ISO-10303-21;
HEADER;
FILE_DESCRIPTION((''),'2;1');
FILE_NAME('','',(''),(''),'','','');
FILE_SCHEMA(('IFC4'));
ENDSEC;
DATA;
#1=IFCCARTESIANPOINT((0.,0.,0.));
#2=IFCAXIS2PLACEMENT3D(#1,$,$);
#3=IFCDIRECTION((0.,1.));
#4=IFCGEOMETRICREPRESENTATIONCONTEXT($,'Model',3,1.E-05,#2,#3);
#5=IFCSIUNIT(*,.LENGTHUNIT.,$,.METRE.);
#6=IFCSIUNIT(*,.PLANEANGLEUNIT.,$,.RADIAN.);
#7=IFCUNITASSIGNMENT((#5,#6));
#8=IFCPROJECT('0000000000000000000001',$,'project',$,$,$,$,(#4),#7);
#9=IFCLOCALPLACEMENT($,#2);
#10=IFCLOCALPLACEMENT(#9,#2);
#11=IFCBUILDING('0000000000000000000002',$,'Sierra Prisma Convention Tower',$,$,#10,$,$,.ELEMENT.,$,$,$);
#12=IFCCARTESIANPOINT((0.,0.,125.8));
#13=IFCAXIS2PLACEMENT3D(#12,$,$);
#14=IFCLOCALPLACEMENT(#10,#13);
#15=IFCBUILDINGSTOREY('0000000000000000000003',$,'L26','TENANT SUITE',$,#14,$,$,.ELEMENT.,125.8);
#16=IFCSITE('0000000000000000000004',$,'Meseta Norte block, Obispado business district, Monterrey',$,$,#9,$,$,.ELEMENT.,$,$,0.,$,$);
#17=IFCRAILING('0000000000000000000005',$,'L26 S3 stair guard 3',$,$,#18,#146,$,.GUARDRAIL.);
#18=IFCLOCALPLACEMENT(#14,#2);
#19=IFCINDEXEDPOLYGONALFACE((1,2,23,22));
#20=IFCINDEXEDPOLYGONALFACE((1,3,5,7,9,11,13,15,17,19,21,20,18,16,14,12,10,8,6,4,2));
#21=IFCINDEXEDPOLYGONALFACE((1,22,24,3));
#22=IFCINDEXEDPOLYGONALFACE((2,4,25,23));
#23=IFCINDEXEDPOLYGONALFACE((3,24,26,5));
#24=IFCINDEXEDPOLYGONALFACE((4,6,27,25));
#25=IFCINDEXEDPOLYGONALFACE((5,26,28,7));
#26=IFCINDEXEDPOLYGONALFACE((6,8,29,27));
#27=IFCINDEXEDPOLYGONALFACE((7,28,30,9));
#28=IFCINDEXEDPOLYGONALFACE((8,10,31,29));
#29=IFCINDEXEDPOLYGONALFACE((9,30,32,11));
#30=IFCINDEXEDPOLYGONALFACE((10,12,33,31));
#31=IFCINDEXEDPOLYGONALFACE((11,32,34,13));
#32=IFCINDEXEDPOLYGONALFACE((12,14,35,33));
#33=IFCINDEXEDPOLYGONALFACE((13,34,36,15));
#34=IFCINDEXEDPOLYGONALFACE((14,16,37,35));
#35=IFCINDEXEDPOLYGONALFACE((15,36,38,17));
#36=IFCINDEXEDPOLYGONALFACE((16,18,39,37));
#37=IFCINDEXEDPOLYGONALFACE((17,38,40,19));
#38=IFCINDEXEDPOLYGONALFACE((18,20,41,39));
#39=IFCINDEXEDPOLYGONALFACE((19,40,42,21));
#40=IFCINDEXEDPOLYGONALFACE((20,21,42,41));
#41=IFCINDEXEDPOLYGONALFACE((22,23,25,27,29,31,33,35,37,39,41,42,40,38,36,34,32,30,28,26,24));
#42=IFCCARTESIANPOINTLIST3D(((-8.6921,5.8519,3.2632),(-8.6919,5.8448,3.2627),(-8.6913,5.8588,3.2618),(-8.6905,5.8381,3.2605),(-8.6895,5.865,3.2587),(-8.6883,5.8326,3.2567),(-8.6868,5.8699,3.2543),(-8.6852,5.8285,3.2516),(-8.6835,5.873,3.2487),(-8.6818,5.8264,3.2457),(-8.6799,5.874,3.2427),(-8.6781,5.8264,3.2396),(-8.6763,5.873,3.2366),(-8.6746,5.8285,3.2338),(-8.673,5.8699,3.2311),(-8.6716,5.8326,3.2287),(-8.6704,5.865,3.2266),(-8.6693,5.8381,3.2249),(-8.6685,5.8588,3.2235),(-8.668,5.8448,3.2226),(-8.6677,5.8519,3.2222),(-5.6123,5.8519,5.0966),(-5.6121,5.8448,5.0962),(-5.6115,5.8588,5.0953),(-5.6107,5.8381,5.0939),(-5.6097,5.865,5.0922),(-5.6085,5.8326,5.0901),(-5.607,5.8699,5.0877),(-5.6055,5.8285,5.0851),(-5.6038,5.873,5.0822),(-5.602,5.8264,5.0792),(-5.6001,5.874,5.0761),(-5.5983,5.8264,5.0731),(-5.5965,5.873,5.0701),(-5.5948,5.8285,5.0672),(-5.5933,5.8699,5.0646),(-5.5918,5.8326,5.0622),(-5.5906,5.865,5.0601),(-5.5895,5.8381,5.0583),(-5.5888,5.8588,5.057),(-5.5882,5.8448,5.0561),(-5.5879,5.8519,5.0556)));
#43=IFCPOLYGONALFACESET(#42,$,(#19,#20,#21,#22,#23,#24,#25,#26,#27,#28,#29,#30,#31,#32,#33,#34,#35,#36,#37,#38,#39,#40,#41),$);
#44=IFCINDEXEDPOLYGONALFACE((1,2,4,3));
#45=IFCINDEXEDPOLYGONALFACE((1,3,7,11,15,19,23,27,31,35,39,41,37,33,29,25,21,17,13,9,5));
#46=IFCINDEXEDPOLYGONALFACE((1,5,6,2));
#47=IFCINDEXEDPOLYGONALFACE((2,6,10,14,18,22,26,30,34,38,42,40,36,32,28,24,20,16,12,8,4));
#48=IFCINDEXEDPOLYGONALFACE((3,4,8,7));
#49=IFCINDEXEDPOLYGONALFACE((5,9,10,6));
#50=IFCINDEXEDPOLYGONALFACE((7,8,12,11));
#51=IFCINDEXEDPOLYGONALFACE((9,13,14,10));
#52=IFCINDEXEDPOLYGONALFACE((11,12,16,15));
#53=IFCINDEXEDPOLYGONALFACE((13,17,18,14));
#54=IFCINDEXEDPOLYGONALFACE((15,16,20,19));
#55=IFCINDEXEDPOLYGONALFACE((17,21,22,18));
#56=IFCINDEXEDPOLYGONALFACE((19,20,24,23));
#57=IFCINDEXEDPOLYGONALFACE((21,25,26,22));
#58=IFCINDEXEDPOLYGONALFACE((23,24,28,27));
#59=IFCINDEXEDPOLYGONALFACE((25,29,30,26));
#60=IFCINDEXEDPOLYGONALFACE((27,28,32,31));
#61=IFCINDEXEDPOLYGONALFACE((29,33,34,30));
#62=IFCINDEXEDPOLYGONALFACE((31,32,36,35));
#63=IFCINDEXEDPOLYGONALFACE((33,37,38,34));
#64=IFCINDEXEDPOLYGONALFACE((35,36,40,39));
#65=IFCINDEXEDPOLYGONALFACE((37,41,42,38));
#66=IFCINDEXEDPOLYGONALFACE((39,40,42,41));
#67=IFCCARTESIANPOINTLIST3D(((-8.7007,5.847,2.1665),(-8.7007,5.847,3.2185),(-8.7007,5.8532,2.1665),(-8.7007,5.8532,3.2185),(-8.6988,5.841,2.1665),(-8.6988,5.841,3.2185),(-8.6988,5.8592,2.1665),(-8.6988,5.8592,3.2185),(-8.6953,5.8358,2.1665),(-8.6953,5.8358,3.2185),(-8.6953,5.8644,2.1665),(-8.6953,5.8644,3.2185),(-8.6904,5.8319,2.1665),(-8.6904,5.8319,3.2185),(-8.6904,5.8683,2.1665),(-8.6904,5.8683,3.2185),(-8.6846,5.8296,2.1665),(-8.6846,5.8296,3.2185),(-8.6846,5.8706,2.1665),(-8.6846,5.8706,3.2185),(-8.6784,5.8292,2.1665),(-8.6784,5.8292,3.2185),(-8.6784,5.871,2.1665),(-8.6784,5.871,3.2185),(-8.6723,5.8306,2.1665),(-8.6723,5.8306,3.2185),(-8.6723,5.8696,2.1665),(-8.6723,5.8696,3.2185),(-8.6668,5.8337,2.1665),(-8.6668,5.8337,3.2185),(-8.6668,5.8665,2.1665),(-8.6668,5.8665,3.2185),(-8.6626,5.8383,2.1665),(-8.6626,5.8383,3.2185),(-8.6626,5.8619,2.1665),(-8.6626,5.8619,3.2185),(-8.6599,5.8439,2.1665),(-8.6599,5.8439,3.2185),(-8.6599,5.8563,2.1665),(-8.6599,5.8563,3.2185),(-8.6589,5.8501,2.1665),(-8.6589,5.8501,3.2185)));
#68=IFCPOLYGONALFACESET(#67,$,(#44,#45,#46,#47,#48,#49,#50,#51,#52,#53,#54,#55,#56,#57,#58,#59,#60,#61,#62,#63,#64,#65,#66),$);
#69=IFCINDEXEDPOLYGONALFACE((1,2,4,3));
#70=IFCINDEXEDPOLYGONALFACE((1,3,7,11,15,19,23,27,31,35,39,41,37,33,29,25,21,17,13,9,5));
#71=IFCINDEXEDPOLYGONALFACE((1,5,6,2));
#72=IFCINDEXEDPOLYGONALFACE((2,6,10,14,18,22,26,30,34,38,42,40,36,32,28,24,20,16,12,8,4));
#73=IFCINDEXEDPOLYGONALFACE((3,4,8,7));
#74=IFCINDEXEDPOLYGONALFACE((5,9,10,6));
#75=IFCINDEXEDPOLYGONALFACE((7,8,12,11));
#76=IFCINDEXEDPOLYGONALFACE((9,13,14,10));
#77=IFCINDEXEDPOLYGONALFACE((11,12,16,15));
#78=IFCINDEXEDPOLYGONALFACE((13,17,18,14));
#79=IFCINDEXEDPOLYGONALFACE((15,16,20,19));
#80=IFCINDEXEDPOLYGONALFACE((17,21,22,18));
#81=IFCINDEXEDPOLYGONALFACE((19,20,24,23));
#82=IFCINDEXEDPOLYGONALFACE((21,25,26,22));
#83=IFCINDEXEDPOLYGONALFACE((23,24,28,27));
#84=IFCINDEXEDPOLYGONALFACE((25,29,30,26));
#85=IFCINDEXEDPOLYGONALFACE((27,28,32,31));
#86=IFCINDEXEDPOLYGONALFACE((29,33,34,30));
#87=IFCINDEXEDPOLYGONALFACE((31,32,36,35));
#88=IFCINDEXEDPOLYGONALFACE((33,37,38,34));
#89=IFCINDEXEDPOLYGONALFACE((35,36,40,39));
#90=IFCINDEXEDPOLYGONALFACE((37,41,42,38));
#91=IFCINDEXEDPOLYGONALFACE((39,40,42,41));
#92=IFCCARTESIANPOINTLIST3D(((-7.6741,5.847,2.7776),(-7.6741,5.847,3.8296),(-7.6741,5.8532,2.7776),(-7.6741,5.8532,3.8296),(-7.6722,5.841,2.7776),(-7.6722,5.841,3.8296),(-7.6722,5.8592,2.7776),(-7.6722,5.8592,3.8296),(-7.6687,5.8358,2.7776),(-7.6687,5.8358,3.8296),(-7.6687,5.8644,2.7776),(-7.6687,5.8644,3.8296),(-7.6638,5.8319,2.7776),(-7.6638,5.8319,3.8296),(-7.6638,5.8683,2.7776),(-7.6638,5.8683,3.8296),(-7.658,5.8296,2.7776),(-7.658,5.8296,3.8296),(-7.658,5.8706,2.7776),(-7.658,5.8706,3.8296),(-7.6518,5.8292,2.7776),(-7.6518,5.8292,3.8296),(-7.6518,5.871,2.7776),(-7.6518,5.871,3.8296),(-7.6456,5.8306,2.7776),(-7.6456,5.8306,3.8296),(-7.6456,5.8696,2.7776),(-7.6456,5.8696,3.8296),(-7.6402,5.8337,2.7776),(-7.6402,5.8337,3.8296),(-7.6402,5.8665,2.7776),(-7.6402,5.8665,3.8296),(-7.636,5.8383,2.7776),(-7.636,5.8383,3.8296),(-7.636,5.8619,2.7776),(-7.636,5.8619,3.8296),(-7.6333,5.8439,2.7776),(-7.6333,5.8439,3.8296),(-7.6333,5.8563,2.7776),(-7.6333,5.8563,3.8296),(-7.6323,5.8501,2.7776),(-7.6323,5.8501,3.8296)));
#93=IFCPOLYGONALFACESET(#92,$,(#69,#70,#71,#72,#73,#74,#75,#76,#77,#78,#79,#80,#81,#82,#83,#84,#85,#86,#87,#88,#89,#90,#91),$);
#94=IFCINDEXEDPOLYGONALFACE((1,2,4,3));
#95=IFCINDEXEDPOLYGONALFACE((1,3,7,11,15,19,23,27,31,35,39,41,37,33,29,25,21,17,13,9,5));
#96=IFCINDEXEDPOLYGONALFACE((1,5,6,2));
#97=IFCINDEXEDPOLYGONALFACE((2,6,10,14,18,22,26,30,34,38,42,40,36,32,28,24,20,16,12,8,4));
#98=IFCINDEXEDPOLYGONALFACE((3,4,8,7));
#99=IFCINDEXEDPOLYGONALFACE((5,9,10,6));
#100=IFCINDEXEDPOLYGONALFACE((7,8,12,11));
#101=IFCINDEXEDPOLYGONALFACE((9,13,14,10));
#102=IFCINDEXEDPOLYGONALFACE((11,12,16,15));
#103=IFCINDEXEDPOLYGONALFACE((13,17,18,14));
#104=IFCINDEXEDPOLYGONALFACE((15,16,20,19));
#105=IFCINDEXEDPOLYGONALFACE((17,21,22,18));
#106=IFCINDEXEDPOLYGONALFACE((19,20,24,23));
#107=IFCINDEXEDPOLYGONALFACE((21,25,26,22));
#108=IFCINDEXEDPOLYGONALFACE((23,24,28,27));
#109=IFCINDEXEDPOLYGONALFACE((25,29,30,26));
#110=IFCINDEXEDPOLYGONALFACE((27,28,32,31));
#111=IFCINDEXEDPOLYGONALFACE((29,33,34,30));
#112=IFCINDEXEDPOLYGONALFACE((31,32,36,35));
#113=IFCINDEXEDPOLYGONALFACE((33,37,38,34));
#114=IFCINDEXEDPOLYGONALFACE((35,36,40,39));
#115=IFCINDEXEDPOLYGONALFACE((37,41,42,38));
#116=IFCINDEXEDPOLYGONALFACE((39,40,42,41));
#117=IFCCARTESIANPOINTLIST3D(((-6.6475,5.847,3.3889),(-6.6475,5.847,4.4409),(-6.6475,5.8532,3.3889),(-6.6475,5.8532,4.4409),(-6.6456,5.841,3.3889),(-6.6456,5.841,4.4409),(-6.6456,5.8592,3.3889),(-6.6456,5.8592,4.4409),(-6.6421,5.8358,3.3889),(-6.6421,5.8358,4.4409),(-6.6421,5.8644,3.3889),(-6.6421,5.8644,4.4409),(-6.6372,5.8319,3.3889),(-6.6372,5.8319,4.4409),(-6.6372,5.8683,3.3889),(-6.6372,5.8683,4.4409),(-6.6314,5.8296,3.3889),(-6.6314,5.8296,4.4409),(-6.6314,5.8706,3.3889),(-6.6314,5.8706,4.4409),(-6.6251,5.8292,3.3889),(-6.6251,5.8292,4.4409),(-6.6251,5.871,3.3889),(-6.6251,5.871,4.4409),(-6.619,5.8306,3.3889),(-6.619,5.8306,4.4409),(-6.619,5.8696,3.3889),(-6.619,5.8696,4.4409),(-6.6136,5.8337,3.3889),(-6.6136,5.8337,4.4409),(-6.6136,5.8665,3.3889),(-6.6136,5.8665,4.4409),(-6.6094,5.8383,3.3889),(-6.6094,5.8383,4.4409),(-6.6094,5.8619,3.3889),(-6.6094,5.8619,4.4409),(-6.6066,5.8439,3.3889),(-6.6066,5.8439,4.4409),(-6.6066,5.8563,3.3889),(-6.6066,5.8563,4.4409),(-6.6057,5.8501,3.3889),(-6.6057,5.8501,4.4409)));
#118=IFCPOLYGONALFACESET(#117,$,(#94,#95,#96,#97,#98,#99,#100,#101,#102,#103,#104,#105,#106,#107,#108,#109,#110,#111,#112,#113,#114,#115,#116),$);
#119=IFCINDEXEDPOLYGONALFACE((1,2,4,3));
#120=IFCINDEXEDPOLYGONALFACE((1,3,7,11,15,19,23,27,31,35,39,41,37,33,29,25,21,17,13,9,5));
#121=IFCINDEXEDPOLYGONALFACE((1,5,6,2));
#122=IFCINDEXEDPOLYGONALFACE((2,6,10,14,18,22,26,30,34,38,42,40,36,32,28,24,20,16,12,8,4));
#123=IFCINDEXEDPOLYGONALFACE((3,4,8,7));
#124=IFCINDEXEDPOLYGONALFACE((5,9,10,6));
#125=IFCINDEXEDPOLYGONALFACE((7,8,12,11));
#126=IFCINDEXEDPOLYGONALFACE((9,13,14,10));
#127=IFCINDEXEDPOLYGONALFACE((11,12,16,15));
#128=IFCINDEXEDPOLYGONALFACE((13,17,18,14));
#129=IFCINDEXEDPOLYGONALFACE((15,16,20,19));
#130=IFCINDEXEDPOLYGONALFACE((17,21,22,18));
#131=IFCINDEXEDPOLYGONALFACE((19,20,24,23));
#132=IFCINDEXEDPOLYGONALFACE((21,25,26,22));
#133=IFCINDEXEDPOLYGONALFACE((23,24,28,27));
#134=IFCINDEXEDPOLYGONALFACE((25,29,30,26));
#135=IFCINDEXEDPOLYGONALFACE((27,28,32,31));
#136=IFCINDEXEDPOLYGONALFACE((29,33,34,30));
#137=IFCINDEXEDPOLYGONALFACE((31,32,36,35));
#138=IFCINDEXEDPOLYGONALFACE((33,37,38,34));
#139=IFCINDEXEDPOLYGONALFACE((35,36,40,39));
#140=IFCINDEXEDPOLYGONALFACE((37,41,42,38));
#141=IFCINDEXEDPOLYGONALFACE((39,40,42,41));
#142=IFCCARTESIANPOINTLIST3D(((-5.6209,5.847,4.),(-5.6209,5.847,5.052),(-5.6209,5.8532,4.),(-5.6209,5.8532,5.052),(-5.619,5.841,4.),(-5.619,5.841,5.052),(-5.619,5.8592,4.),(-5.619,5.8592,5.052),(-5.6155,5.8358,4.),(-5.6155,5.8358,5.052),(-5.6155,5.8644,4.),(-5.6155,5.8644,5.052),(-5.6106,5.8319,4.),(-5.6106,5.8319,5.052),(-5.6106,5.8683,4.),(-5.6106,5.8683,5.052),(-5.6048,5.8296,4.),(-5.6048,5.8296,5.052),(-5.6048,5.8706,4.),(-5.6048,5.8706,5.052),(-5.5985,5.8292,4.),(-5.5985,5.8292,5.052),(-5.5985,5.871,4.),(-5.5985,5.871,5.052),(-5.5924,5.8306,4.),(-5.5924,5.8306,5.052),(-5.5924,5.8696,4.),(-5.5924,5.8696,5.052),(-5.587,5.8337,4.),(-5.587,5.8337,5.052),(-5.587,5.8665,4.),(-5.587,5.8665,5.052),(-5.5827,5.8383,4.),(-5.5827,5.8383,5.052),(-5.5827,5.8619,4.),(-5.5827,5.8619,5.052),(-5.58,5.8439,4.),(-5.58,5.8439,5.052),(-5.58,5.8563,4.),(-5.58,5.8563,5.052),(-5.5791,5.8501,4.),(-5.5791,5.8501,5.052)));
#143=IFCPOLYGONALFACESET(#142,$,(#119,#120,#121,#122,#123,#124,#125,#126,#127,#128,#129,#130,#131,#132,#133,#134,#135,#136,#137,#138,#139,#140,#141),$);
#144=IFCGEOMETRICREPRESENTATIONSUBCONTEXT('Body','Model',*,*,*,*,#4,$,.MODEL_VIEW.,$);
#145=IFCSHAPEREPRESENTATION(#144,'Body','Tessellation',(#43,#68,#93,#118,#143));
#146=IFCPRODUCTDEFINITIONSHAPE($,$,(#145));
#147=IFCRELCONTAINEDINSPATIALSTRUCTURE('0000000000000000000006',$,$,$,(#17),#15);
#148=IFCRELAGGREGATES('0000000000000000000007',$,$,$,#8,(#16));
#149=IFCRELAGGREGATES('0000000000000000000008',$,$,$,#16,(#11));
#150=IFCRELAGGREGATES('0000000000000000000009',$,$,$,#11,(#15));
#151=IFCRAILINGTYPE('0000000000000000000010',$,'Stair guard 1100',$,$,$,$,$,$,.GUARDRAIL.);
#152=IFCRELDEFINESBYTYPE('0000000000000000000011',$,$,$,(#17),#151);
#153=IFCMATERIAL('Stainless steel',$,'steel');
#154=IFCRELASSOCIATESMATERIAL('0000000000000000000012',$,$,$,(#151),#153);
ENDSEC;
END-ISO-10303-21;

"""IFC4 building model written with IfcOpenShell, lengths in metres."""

from ifc_helpers import new_model, si_unit, direction, frame, origin, origin_2d, place, context, subcontext, project, spatial, circle, extrude, material, type_object, element, save


model = new_model("IFC4")

# Units and contexts
model_context = context("Model", 3, precision=1e-05, world=origin(), true_north=direction((0.0, 1.0)))
body_context = subcontext(model_context, "Body", "Model", "MODEL_VIEW")
ifc_project = project(units=[si_unit("LENGTHUNIT", "METRE"), si_unit("PLANEANGLEUNIT", "RADIAN")], contexts=[model_context])

# Site, building, storey
site_placement = place(None, origin())
site = spatial("IfcSite", under=ifc_project, at=site_placement, Name="Meseta Norte block, Obispado business district, Monterrey", CompositionType="ELEMENT", RefElevation=0.0)
building_placement = place(site_placement, origin())
building = spatial("IfcBuilding", under=site, at=building_placement, Name="Sierra Prisma Convention Tower", CompositionType="ELEMENT")
storey_placement = place(building_placement, frame((0.0, 0.0, 125.8)))
storey = spatial("IfcBuildingStorey", under=building, at=storey_placement, Name="L26", Description="TENANT SUITE", CompositionType="ELEMENT", Elevation=125.8)

# Railing
ifc_material_1 = material(Name="Stainless steel", Category="steel")
railing_type_1 = type_object("IfcRailingType", Name="Stair guard 1100", PredefinedType="GUARDRAIL", material=ifc_material_1)
railing_1_placement = place(storey_placement, frame((-8.6799, 5.8501, 2.1665)))
element("IfcRailing", 1, at=railing_1_placement, inside=storey, type_object=railing_type_1, Name="L26 S3 stair guard 3", PredefinedType="GUARDRAIL", context=body_context, shape_type="SweptSolid", body=[
    extrude(circle(Radius=0.0239, at=origin_2d()), frame((0.0, 0.0, 1.0762), z_axis=(0.859261, 0.0, 0.511538), x_axis=(0.0, 1.0, 0.0)), (0.0, 0.0, 1.0), 3.5842),
    extrude(circle(Radius=0.021, at=origin_2d()), origin(), (0.0, 0.0, 1.0), 1.052),
    extrude(circle(Radius=0.021, at=origin_2d()), frame((1.0266, 0.0, 0.6111)), (0.0, 0.0, 1.0), 1.052),
    extrude(circle(Radius=0.021, at=origin_2d()), frame((2.0532, 0.0, 1.2224)), (0.0, 0.0, 1.0), 1.052),
    extrude(circle(Radius=0.021, at=origin_2d()), frame((3.0798, 0.0, 1.8335)), (0.0, 0.0, 1.0), 1.052),
])

save(model, "model.ifc")
